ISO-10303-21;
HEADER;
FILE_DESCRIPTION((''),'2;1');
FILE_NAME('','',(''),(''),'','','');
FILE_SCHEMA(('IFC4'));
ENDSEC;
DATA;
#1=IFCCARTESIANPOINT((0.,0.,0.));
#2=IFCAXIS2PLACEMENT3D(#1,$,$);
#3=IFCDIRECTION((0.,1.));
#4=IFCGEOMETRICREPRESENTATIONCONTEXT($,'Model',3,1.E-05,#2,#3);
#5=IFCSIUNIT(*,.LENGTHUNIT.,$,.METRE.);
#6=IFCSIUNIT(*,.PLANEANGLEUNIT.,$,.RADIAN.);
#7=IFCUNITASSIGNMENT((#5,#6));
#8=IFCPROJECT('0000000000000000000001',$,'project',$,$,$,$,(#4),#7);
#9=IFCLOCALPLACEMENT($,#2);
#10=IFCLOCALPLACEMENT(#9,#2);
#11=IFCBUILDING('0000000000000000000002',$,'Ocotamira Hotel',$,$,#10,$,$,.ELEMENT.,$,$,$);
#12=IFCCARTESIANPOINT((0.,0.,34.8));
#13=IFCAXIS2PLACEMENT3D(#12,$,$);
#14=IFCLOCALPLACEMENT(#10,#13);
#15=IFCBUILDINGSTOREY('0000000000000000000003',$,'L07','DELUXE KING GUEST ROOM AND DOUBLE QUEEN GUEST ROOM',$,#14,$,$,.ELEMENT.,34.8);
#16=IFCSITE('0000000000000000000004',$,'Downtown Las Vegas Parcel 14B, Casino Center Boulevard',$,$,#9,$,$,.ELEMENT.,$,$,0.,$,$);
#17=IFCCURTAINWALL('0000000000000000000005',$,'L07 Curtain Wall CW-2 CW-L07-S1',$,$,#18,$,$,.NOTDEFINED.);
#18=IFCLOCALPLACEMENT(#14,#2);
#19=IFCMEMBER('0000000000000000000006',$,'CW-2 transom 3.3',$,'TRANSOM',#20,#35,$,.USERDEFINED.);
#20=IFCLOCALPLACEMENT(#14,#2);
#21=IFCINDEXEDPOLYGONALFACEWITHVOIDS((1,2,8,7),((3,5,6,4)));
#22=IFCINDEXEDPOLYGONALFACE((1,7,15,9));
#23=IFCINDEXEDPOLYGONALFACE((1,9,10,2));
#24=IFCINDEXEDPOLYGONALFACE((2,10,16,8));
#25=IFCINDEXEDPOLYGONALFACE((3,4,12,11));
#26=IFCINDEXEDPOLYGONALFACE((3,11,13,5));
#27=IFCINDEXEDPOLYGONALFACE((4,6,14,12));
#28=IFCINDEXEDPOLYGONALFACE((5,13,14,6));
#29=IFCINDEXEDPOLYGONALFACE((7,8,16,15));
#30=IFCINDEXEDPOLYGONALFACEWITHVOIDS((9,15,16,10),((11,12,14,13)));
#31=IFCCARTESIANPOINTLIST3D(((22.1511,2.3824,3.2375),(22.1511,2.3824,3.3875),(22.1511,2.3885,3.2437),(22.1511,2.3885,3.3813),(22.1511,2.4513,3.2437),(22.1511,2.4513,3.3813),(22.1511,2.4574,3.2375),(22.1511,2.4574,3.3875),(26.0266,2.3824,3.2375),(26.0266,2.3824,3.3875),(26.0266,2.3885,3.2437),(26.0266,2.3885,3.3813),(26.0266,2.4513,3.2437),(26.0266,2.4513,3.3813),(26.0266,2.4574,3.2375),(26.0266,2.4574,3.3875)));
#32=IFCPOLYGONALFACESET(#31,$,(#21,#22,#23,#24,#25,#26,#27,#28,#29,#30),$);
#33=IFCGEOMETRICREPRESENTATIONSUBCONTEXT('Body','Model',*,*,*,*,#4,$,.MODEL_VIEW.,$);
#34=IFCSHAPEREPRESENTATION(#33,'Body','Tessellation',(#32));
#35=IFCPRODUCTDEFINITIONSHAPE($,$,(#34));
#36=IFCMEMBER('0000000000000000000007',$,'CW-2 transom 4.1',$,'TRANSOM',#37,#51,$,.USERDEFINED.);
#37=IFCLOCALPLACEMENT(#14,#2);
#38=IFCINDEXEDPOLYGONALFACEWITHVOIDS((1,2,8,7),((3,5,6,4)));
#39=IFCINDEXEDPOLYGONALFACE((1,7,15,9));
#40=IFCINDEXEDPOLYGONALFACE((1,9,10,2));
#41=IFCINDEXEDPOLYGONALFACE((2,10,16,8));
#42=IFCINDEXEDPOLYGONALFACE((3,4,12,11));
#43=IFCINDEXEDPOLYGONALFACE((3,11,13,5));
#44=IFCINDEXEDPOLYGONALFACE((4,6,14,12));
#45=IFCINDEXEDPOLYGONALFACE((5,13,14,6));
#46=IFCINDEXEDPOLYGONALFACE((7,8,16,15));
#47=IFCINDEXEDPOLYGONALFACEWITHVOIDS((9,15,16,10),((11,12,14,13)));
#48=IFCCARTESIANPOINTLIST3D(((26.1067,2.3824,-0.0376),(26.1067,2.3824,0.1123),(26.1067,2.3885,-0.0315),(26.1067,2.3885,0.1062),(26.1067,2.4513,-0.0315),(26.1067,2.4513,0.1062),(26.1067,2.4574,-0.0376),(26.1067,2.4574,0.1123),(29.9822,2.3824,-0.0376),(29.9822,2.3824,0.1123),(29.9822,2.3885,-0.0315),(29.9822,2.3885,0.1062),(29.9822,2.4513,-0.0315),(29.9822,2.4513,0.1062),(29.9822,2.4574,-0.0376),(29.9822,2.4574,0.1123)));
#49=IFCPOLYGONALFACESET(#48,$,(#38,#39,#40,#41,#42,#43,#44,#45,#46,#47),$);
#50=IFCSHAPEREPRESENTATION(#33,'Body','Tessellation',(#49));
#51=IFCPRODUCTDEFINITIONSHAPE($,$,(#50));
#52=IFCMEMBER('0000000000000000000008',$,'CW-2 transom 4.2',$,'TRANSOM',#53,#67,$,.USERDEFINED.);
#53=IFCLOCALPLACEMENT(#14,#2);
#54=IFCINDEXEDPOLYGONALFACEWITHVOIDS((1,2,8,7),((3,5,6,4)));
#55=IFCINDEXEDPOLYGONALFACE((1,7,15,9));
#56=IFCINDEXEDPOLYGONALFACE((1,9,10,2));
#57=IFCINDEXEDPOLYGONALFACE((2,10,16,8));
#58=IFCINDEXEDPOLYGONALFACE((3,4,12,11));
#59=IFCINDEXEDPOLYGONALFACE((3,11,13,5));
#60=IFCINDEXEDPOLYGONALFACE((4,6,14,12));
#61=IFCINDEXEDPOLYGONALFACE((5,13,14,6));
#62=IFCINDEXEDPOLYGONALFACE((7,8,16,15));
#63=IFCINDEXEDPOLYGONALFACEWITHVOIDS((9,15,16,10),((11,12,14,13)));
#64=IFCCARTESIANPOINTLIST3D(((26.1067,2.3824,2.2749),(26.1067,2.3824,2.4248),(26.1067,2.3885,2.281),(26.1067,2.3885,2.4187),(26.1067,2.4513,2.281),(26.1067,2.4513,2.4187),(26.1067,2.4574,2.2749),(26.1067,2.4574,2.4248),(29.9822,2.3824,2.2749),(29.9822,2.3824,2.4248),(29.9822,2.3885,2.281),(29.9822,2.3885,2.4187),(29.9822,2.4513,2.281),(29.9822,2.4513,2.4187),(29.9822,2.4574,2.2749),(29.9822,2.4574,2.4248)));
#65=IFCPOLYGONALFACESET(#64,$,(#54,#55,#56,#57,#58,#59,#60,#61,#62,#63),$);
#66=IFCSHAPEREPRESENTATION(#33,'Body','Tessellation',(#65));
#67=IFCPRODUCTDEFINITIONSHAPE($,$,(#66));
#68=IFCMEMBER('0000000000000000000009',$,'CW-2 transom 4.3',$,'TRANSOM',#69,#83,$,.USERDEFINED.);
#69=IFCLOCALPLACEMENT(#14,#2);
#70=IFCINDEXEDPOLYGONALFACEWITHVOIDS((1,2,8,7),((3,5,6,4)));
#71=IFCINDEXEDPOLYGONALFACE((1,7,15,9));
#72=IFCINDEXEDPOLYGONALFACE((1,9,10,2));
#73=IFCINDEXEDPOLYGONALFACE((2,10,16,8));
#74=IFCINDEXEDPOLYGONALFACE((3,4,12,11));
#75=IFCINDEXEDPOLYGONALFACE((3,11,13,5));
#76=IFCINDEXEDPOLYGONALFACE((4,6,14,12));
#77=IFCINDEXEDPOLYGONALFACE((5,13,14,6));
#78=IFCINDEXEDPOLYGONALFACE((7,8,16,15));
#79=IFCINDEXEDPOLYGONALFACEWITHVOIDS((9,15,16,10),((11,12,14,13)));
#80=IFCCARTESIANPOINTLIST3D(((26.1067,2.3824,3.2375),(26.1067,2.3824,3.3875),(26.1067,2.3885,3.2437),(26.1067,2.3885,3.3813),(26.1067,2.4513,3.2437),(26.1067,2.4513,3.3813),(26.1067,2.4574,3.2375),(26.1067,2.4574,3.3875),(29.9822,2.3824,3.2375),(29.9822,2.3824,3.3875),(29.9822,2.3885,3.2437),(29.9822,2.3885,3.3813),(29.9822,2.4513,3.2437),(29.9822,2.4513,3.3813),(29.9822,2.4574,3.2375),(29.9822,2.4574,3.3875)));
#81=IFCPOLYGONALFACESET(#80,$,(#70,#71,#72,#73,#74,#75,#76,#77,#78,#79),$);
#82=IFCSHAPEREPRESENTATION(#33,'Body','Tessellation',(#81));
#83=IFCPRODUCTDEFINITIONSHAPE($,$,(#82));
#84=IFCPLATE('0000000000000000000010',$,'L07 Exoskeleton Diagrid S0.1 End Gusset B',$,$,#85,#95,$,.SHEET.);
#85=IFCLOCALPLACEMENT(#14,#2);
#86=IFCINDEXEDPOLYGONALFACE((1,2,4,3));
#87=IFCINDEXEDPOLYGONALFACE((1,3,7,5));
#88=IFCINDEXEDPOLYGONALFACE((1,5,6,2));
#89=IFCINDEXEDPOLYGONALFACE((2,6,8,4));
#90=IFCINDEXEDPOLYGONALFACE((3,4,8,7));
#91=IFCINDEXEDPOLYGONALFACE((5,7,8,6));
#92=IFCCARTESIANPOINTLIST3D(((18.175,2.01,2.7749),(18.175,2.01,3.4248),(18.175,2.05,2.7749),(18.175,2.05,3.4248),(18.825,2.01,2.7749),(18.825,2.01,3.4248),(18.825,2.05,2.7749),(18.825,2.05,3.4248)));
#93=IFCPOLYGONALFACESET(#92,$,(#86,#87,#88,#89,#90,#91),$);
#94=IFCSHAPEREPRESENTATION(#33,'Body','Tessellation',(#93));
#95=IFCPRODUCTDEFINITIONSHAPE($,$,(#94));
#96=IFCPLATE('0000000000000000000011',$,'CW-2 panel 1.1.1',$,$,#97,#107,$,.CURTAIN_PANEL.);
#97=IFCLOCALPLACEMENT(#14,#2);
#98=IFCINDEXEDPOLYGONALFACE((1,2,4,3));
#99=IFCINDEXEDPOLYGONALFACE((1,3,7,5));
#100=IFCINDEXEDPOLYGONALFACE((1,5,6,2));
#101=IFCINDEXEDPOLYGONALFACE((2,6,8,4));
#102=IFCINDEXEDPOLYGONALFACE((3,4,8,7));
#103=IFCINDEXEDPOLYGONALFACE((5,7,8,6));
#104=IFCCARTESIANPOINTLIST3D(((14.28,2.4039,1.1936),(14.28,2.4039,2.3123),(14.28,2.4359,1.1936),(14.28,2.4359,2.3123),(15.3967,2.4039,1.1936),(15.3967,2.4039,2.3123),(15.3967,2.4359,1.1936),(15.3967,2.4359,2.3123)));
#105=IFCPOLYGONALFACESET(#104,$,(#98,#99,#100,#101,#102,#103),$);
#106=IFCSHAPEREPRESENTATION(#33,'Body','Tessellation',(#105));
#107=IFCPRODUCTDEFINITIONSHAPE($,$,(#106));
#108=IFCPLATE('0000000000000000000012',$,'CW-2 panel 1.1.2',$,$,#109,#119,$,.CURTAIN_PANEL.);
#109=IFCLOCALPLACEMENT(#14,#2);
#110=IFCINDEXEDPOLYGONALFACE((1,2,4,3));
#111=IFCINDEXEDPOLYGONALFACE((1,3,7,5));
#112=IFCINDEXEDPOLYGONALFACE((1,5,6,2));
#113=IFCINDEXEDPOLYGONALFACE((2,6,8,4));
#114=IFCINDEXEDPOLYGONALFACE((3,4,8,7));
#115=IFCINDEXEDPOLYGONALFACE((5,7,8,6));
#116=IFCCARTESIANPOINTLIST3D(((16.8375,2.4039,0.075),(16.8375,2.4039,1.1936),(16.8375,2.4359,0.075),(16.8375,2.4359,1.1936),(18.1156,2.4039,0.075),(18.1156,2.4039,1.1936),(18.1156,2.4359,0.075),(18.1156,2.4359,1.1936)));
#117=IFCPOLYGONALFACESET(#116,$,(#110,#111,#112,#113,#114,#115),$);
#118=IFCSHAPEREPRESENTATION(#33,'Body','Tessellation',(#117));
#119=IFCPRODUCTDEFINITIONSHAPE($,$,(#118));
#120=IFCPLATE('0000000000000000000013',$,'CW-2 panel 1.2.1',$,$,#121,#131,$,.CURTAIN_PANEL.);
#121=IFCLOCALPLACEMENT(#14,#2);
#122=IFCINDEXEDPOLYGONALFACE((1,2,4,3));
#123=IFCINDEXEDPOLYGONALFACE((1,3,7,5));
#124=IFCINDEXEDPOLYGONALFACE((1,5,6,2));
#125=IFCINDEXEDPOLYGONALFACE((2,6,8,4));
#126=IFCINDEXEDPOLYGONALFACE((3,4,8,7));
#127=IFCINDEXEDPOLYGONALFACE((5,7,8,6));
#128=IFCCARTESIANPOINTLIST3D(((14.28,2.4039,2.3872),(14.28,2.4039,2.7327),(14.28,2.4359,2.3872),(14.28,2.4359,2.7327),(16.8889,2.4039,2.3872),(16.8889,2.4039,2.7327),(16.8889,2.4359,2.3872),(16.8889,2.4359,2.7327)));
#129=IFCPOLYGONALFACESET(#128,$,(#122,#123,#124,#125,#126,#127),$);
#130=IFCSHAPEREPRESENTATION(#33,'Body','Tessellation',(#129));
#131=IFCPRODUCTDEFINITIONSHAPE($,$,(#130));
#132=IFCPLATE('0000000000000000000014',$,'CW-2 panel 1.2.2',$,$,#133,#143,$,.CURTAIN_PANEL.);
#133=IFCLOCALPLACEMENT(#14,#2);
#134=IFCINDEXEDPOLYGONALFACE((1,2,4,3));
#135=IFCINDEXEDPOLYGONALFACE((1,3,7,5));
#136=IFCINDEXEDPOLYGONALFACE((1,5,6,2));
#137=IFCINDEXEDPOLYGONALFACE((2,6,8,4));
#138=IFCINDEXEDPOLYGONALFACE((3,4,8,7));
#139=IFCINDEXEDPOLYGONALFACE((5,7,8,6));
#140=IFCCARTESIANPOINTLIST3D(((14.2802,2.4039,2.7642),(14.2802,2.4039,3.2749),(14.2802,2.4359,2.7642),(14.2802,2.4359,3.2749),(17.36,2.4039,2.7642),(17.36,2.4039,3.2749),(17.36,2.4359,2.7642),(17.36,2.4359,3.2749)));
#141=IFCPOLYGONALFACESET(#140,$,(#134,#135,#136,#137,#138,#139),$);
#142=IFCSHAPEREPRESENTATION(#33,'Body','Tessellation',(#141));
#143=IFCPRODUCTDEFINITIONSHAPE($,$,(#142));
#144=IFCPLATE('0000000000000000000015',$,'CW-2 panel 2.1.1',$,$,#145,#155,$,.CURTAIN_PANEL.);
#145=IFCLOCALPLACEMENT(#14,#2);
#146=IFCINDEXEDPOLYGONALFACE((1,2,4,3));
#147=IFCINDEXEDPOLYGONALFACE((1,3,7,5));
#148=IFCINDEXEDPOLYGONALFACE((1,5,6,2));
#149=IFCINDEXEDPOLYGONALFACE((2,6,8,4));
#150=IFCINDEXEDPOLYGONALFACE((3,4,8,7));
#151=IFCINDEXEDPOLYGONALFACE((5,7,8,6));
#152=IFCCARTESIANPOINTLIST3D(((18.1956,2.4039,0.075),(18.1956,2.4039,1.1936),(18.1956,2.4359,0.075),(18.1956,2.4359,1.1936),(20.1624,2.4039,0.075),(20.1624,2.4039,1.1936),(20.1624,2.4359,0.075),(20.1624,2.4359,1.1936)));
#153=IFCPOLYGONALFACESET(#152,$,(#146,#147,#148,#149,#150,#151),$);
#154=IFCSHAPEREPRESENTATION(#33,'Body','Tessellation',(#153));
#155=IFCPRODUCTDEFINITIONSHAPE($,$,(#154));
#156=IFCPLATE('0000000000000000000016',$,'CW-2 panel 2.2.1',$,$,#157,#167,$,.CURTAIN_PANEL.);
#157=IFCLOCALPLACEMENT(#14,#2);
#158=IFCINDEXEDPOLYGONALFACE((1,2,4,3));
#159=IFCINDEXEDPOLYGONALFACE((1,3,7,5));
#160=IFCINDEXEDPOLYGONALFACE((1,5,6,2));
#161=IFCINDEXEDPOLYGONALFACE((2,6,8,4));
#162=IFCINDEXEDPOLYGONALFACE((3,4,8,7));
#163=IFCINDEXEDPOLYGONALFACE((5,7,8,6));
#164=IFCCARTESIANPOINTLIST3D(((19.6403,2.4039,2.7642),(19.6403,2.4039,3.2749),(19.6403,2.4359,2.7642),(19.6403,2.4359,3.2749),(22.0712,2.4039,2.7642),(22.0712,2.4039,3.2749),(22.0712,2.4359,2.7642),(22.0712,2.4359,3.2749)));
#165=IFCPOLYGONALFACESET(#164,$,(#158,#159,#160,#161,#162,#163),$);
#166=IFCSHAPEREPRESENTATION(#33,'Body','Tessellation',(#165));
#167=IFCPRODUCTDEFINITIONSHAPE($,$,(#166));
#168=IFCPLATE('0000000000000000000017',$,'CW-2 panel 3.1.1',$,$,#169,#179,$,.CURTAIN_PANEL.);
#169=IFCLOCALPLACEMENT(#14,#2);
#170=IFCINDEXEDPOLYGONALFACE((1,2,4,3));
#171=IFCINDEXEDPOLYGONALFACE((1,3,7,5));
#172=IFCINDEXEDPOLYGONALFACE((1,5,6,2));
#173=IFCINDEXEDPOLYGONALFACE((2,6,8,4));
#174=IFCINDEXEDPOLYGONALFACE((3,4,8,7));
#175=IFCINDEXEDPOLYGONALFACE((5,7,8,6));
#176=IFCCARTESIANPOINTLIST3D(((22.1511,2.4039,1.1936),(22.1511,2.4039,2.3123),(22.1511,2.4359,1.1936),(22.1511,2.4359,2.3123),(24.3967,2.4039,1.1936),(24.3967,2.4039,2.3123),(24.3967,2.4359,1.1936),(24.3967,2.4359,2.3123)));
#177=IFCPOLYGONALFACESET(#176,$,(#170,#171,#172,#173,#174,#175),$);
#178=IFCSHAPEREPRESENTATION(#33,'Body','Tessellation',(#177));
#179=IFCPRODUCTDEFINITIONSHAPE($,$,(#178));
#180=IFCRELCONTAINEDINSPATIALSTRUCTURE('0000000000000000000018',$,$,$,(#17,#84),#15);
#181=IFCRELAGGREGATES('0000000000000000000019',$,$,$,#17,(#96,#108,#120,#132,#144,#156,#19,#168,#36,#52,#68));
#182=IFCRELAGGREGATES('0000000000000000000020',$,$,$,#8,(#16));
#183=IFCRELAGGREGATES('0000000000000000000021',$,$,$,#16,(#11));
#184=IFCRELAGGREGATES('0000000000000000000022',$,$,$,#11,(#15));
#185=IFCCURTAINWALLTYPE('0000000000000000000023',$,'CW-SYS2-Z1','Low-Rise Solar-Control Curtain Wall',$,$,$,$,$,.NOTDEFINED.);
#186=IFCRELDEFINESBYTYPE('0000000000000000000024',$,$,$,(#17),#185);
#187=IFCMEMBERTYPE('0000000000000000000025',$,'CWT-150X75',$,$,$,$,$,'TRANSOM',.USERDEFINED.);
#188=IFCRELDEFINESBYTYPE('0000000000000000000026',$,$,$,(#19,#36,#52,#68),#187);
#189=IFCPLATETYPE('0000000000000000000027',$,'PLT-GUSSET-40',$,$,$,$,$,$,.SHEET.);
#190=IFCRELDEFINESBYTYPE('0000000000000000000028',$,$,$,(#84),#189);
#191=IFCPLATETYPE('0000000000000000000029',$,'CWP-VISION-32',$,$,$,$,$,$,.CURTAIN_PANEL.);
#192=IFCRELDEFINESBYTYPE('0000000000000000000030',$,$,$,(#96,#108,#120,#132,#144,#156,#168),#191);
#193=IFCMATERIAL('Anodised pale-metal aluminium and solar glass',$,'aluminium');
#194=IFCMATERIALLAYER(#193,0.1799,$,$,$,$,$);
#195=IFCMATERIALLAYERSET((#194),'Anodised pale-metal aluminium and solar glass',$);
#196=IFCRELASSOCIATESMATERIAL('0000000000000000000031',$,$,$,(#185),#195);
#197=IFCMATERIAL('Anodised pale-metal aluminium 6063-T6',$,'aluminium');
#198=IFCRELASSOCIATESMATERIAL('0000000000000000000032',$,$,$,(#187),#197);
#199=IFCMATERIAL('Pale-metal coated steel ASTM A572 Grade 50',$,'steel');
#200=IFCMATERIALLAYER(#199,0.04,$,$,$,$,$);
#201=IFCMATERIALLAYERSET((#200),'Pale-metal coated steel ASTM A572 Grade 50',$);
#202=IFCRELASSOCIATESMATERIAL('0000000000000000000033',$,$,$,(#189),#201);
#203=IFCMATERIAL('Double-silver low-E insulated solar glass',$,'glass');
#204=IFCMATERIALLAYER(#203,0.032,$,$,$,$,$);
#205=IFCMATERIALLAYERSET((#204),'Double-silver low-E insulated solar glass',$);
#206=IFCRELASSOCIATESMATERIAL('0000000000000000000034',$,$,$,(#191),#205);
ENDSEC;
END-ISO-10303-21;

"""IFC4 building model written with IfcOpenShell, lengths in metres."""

from ifc_helpers import new_model, si_unit, direction, frame, origin, origin_2d, place, context, subcontext, project, spatial, rectangle, hollow_rectangle, extrude, source, transform, mapped, material, layer, layer_set, material_profile, profile_set, type_object, element, aggregate, save


model = new_model("IFC4")

# Units and contexts
model_context = context("Model", 3, precision=1e-05, world=origin(), true_north=direction((0.0, 1.0)))
body_context = subcontext(model_context, "Body", "Model", "MODEL_VIEW")
ifc_project = project(units=[si_unit("LENGTHUNIT", "METRE"), si_unit("PLANEANGLEUNIT", "RADIAN")], contexts=[model_context])

# Site, building, storey
site_placement = place(None, origin())
site = spatial("IfcSite", under=ifc_project, at=site_placement, Name="Downtown Las Vegas Parcel 14B, Casino Center Boulevard", CompositionType="ELEMENT", RefElevation=0.0)
building_placement = place(site_placement, origin())
building = spatial("IfcBuilding", under=site, at=building_placement, Name="Ocotamira Hotel", CompositionType="ELEMENT")
storey_placement = place(building_placement, frame((0.0, 0.0, 34.8)))
storey = spatial("IfcBuildingStorey", under=building, at=storey_placement, Name="L07", Description="DELUXE KING GUEST ROOM AND DOUBLE QUEEN GUEST ROOM", CompositionType="ELEMENT", Elevation=34.8)

# Curtain wall, members
ifc_material_1 = material(Name="Anodised pale-metal aluminium and solar glass", Category="aluminium")
ifc_layer_1 = layer(ifc_material_1, 0.1799)
ifc_layer_set_1 = layer_set([ifc_layer_1], Name="Anodised pale-metal aluminium and solar glass")
curtain_wall_type = type_object("IfcCurtainWallType", Name="CW-SYS2-Z1", Description="Low-Rise Solar-Control Curtain Wall", PredefinedType="NOTDEFINED", material=ifc_layer_set_1)
curtain_wall_placement = place(storey_placement, origin())
curtain_wall = element("IfcCurtainWall", 1, at=curtain_wall_placement, inside=storey, type_object=curtain_wall_type, Name="L07 Curtain Wall CW-2 CW-L07-S1", PredefinedType="NOTDEFINED")
ifc_material_2 = material(Name="Anodised pale-metal aluminium 6063-T6", Category="aluminium")
ifc_material_profile_1 = material_profile(ifc_material_2, hollow_rectangle(XDim=0.075, YDim=0.1499, WallThickness=0.0061, at=origin_2d()), Name="HSS150X75X6")
ifc_profile_set_1 = profile_set([ifc_material_profile_1], Name="Anodised pale-metal aluminium 6063-T6")
member_type_1 = type_object("IfcMemberType", Name="CWT-150X75", ElementType="TRANSOM", PredefinedType="USERDEFINED", material=ifc_profile_set_1)
shared_shape_1 = source(origin(), body_context, "Body", "SweptSolid", [
    extrude(hollow_rectangle(XDim=0.075, YDim=0.1499, WallThickness=0.0061, at=origin_2d()), origin(), (0.0, 0.0, 1.0), 3.8755),
])
member_1_placement = place(storey_placement, frame((22.1511, 2.4199, 3.3125), z_axis=(1.0, 0.0, 0.0), x_axis=(0.0, 1.0, 0.0)))
member_1 = element("IfcMember", 2, at=member_1_placement, type_object=member_type_1, Name="CW-2 transom 3.3", ObjectType="TRANSOM", PredefinedType="USERDEFINED", context=body_context, shape_type="MappedRepresentation", body=[
    mapped(shared_shape_1, transform((0.0, 0.0, 0.0), scale=1.0)),
])
member_2_placement = place(storey_placement, frame((26.1067, 2.4199, 0.0374), z_axis=(1.0, 0.0, 0.0), x_axis=(0.0, 1.0, 0.0)))
member_2 = element("IfcMember", 3, at=member_2_placement, type_object=member_type_1, Name="CW-2 transom 4.1", ObjectType="TRANSOM", PredefinedType="USERDEFINED", context=body_context, shape_type="MappedRepresentation", body=[
    mapped(shared_shape_1, transform((0.0, 0.0, 0.0), scale=1.0)),
])
member_3_placement = place(storey_placement, frame((26.1067, 2.4199, 2.3499), z_axis=(1.0, 0.0, 0.0), x_axis=(0.0, 1.0, 0.0)))
member_3 = element("IfcMember", 4, at=member_3_placement, type_object=member_type_1, Name="CW-2 transom 4.2", ObjectType="TRANSOM", PredefinedType="USERDEFINED", context=body_context, shape_type="MappedRepresentation", body=[
    mapped(shared_shape_1, transform((0.0, 0.0, 0.0), scale=1.0)),
])
member_4_placement = place(storey_placement, frame((26.1067, 2.4199, 3.3125), z_axis=(1.0, 0.0, 0.0), x_axis=(0.0, 1.0, 0.0)))
member_4 = element("IfcMember", 5, at=member_4_placement, type_object=member_type_1, Name="CW-2 transom 4.3", ObjectType="TRANSOM", PredefinedType="USERDEFINED", context=body_context, shape_type="MappedRepresentation", body=[
    mapped(shared_shape_1, transform((0.0, 0.0, 0.0), scale=1.0)),
])

# Plates
ifc_material_3 = material(Name="Pale-metal coated steel ASTM A572 Grade 50", Category="steel")
ifc_layer_2 = layer(ifc_material_3, 0.04)
ifc_layer_set_2 = layer_set([ifc_layer_2], Name="Pale-metal coated steel ASTM A572 Grade 50")
plate_type_1 = type_object("IfcPlateType", Name="PLT-GUSSET-40", PredefinedType="SHEET", material=ifc_layer_set_2)
shared_shape_2 = source(origin(), body_context, "Body", "SweptSolid", [
    extrude(rectangle(XDim=0.6499, YDim=0.04, at=origin_2d()), origin(), (0.0, 0.0, 1.0), 0.6499),
])
plate_1_placement = place(storey_placement, frame((18.5, 2.03, 2.7749), z_axis=(0.0, 0.0, 1.0), x_axis=(1.0, 0.0, 0.0)))
element("IfcPlate", 6, at=plate_1_placement, inside=storey, type_object=plate_type_1, Name="L07 Exoskeleton Diagrid S0.1 End Gusset B", PredefinedType="SHEET", context=body_context, shape_type="MappedRepresentation", body=[
    mapped(shared_shape_2, transform((0.0, 0.0, 0.0), scale=1.0)),
])
ifc_material_4 = material(Name="Double-silver low-E insulated solar glass", Category="glass")
ifc_layer_3 = layer(ifc_material_4, 0.032)
ifc_layer_set_3 = layer_set([ifc_layer_3], Name="Double-silver low-E insulated solar glass")
plate_type_2 = type_object("IfcPlateType", Name="CWP-VISION-32", PredefinedType="CURTAIN_PANEL", material=ifc_layer_set_3)
shared_shape_3 = source(origin(), body_context, "Body", "SweptSolid", [
    extrude(rectangle(XDim=1.1167, YDim=0.032, at=origin_2d()), origin(), (0.0, 0.0, 1.0), 1.1187),
])
plate_2_placement = place(storey_placement, frame((14.8384, 2.4199, 1.1936), z_axis=(0.0, 0.0, 1.0), x_axis=(1.0, 0.0, 0.0)))
plate_2 = element("IfcPlate", 7, at=plate_2_placement, type_object=plate_type_2, Name="CW-2 panel 1.1.1", PredefinedType="CURTAIN_PANEL", context=body_context, shape_type="MappedRepresentation", body=[
    mapped(shared_shape_3, transform((0.0, 0.0, 0.0), scale=1.0)),
])
shared_shape_4 = source(origin(), body_context, "Body", "SweptSolid", [
    extrude(rectangle(XDim=1.2781, YDim=0.032, at=origin_2d()), origin(), (0.0, 0.0, 1.0), 1.1187),
])
plate_3_placement = place(storey_placement, frame((17.4766, 2.4199, 0.075), z_axis=(0.0, 0.0, 1.0), x_axis=(1.0, 0.0, 0.0)))
plate_3 = element("IfcPlate", 8, at=plate_3_placement, type_object=plate_type_2, Name="CW-2 panel 1.1.2", PredefinedType="CURTAIN_PANEL", context=body_context, shape_type="MappedRepresentation", body=[
    mapped(shared_shape_4, transform((0.0, 0.0, 0.0), scale=1.0)),
])
shared_shape_5 = source(origin(), body_context, "Body", "SweptSolid", [
    extrude(rectangle(XDim=2.6089, YDim=0.032, at=origin_2d()), origin(), (0.0, 0.0, 1.0), 0.3455),
])
plate_4_placement = place(storey_placement, frame((15.5845, 2.4199, 2.3872), z_axis=(0.0, 0.0, 1.0), x_axis=(1.0, 0.0, 0.0)))
plate_4 = element("IfcPlate", 9, at=plate_4_placement, type_object=plate_type_2, Name="CW-2 panel 1.2.1", PredefinedType="CURTAIN_PANEL", context=body_context, shape_type="MappedRepresentation", body=[
    mapped(shared_shape_5, transform((0.0, 0.0, 0.0), scale=1.0)),
])
shared_shape_6 = source(origin(), body_context, "Body", "SweptSolid", [
    extrude(rectangle(XDim=3.0798, YDim=0.032, at=origin_2d()), origin(), (0.0, 0.0, 1.0), 0.5107),
])
plate_5_placement = place(storey_placement, frame((15.8201, 2.4199, 2.7642), z_axis=(0.0, 0.0, 1.0), x_axis=(1.0, 0.0, 0.0)))
plate_5 = element("IfcPlate", 10, at=plate_5_placement, type_object=plate_type_2, Name="CW-2 panel 1.2.2", PredefinedType="CURTAIN_PANEL", context=body_context, shape_type="MappedRepresentation", body=[
    mapped(shared_shape_6, transform((0.0, 0.0, 0.0), scale=1.0)),
])
shared_shape_7 = source(origin(), body_context, "Body", "SweptSolid", [
    extrude(rectangle(XDim=1.9668, YDim=0.032, at=origin_2d()), origin(), (0.0, 0.0, 1.0), 1.1187),
])
plate_6_placement = place(storey_placement, frame((19.179, 2.4199, 0.075), z_axis=(0.0, 0.0, 1.0), x_axis=(1.0, 0.0, 0.0)))
plate_6 = element("IfcPlate", 11, at=plate_6_placement, type_object=plate_type_2, Name="CW-2 panel 2.1.1", PredefinedType="CURTAIN_PANEL", context=body_context, shape_type="MappedRepresentation", body=[
    mapped(shared_shape_7, transform((0.0, 0.0, 0.0), scale=1.0)),
])
shared_shape_8 = source(origin(), body_context, "Body", "SweptSolid", [
    extrude(rectangle(XDim=2.4309, YDim=0.032, at=origin_2d()), origin(), (0.0, 0.0, 1.0), 0.5107),
])
plate_7_placement = place(storey_placement, frame((20.8557, 2.4199, 2.7642), z_axis=(0.0, 0.0, 1.0), x_axis=(1.0, 0.0, 0.0)))
plate_7 = element("IfcPlate", 12, at=plate_7_placement, type_object=plate_type_2, Name="CW-2 panel 2.2.1", PredefinedType="CURTAIN_PANEL", context=body_context, shape_type="MappedRepresentation", body=[
    mapped(shared_shape_8, transform((0.0, 0.0, 0.0), scale=1.0)),
])
shared_shape_9 = source(origin(), body_context, "Body", "SweptSolid", [
    extrude(rectangle(XDim=2.2456, YDim=0.032, at=origin_2d()), origin(), (0.0, 0.0, 1.0), 1.1187),
])
plate_8_placement = place(storey_placement, frame((23.2739, 2.4199, 1.1936), z_axis=(0.0, 0.0, 1.0), x_axis=(1.0, 0.0, 0.0)))
plate_8 = element("IfcPlate", 13, at=plate_8_placement, type_object=plate_type_2, Name="CW-2 panel 3.1.1", PredefinedType="CURTAIN_PANEL", context=body_context, shape_type="MappedRepresentation", body=[
    mapped(shared_shape_9, transform((0.0, 0.0, 0.0), scale=1.0)),
])
aggregate(curtain_wall, [plate_2, plate_3, plate_4, plate_5, plate_6, plate_7, member_1, plate_8, member_2, member_3, member_4])

save(model, "model.ifc")
